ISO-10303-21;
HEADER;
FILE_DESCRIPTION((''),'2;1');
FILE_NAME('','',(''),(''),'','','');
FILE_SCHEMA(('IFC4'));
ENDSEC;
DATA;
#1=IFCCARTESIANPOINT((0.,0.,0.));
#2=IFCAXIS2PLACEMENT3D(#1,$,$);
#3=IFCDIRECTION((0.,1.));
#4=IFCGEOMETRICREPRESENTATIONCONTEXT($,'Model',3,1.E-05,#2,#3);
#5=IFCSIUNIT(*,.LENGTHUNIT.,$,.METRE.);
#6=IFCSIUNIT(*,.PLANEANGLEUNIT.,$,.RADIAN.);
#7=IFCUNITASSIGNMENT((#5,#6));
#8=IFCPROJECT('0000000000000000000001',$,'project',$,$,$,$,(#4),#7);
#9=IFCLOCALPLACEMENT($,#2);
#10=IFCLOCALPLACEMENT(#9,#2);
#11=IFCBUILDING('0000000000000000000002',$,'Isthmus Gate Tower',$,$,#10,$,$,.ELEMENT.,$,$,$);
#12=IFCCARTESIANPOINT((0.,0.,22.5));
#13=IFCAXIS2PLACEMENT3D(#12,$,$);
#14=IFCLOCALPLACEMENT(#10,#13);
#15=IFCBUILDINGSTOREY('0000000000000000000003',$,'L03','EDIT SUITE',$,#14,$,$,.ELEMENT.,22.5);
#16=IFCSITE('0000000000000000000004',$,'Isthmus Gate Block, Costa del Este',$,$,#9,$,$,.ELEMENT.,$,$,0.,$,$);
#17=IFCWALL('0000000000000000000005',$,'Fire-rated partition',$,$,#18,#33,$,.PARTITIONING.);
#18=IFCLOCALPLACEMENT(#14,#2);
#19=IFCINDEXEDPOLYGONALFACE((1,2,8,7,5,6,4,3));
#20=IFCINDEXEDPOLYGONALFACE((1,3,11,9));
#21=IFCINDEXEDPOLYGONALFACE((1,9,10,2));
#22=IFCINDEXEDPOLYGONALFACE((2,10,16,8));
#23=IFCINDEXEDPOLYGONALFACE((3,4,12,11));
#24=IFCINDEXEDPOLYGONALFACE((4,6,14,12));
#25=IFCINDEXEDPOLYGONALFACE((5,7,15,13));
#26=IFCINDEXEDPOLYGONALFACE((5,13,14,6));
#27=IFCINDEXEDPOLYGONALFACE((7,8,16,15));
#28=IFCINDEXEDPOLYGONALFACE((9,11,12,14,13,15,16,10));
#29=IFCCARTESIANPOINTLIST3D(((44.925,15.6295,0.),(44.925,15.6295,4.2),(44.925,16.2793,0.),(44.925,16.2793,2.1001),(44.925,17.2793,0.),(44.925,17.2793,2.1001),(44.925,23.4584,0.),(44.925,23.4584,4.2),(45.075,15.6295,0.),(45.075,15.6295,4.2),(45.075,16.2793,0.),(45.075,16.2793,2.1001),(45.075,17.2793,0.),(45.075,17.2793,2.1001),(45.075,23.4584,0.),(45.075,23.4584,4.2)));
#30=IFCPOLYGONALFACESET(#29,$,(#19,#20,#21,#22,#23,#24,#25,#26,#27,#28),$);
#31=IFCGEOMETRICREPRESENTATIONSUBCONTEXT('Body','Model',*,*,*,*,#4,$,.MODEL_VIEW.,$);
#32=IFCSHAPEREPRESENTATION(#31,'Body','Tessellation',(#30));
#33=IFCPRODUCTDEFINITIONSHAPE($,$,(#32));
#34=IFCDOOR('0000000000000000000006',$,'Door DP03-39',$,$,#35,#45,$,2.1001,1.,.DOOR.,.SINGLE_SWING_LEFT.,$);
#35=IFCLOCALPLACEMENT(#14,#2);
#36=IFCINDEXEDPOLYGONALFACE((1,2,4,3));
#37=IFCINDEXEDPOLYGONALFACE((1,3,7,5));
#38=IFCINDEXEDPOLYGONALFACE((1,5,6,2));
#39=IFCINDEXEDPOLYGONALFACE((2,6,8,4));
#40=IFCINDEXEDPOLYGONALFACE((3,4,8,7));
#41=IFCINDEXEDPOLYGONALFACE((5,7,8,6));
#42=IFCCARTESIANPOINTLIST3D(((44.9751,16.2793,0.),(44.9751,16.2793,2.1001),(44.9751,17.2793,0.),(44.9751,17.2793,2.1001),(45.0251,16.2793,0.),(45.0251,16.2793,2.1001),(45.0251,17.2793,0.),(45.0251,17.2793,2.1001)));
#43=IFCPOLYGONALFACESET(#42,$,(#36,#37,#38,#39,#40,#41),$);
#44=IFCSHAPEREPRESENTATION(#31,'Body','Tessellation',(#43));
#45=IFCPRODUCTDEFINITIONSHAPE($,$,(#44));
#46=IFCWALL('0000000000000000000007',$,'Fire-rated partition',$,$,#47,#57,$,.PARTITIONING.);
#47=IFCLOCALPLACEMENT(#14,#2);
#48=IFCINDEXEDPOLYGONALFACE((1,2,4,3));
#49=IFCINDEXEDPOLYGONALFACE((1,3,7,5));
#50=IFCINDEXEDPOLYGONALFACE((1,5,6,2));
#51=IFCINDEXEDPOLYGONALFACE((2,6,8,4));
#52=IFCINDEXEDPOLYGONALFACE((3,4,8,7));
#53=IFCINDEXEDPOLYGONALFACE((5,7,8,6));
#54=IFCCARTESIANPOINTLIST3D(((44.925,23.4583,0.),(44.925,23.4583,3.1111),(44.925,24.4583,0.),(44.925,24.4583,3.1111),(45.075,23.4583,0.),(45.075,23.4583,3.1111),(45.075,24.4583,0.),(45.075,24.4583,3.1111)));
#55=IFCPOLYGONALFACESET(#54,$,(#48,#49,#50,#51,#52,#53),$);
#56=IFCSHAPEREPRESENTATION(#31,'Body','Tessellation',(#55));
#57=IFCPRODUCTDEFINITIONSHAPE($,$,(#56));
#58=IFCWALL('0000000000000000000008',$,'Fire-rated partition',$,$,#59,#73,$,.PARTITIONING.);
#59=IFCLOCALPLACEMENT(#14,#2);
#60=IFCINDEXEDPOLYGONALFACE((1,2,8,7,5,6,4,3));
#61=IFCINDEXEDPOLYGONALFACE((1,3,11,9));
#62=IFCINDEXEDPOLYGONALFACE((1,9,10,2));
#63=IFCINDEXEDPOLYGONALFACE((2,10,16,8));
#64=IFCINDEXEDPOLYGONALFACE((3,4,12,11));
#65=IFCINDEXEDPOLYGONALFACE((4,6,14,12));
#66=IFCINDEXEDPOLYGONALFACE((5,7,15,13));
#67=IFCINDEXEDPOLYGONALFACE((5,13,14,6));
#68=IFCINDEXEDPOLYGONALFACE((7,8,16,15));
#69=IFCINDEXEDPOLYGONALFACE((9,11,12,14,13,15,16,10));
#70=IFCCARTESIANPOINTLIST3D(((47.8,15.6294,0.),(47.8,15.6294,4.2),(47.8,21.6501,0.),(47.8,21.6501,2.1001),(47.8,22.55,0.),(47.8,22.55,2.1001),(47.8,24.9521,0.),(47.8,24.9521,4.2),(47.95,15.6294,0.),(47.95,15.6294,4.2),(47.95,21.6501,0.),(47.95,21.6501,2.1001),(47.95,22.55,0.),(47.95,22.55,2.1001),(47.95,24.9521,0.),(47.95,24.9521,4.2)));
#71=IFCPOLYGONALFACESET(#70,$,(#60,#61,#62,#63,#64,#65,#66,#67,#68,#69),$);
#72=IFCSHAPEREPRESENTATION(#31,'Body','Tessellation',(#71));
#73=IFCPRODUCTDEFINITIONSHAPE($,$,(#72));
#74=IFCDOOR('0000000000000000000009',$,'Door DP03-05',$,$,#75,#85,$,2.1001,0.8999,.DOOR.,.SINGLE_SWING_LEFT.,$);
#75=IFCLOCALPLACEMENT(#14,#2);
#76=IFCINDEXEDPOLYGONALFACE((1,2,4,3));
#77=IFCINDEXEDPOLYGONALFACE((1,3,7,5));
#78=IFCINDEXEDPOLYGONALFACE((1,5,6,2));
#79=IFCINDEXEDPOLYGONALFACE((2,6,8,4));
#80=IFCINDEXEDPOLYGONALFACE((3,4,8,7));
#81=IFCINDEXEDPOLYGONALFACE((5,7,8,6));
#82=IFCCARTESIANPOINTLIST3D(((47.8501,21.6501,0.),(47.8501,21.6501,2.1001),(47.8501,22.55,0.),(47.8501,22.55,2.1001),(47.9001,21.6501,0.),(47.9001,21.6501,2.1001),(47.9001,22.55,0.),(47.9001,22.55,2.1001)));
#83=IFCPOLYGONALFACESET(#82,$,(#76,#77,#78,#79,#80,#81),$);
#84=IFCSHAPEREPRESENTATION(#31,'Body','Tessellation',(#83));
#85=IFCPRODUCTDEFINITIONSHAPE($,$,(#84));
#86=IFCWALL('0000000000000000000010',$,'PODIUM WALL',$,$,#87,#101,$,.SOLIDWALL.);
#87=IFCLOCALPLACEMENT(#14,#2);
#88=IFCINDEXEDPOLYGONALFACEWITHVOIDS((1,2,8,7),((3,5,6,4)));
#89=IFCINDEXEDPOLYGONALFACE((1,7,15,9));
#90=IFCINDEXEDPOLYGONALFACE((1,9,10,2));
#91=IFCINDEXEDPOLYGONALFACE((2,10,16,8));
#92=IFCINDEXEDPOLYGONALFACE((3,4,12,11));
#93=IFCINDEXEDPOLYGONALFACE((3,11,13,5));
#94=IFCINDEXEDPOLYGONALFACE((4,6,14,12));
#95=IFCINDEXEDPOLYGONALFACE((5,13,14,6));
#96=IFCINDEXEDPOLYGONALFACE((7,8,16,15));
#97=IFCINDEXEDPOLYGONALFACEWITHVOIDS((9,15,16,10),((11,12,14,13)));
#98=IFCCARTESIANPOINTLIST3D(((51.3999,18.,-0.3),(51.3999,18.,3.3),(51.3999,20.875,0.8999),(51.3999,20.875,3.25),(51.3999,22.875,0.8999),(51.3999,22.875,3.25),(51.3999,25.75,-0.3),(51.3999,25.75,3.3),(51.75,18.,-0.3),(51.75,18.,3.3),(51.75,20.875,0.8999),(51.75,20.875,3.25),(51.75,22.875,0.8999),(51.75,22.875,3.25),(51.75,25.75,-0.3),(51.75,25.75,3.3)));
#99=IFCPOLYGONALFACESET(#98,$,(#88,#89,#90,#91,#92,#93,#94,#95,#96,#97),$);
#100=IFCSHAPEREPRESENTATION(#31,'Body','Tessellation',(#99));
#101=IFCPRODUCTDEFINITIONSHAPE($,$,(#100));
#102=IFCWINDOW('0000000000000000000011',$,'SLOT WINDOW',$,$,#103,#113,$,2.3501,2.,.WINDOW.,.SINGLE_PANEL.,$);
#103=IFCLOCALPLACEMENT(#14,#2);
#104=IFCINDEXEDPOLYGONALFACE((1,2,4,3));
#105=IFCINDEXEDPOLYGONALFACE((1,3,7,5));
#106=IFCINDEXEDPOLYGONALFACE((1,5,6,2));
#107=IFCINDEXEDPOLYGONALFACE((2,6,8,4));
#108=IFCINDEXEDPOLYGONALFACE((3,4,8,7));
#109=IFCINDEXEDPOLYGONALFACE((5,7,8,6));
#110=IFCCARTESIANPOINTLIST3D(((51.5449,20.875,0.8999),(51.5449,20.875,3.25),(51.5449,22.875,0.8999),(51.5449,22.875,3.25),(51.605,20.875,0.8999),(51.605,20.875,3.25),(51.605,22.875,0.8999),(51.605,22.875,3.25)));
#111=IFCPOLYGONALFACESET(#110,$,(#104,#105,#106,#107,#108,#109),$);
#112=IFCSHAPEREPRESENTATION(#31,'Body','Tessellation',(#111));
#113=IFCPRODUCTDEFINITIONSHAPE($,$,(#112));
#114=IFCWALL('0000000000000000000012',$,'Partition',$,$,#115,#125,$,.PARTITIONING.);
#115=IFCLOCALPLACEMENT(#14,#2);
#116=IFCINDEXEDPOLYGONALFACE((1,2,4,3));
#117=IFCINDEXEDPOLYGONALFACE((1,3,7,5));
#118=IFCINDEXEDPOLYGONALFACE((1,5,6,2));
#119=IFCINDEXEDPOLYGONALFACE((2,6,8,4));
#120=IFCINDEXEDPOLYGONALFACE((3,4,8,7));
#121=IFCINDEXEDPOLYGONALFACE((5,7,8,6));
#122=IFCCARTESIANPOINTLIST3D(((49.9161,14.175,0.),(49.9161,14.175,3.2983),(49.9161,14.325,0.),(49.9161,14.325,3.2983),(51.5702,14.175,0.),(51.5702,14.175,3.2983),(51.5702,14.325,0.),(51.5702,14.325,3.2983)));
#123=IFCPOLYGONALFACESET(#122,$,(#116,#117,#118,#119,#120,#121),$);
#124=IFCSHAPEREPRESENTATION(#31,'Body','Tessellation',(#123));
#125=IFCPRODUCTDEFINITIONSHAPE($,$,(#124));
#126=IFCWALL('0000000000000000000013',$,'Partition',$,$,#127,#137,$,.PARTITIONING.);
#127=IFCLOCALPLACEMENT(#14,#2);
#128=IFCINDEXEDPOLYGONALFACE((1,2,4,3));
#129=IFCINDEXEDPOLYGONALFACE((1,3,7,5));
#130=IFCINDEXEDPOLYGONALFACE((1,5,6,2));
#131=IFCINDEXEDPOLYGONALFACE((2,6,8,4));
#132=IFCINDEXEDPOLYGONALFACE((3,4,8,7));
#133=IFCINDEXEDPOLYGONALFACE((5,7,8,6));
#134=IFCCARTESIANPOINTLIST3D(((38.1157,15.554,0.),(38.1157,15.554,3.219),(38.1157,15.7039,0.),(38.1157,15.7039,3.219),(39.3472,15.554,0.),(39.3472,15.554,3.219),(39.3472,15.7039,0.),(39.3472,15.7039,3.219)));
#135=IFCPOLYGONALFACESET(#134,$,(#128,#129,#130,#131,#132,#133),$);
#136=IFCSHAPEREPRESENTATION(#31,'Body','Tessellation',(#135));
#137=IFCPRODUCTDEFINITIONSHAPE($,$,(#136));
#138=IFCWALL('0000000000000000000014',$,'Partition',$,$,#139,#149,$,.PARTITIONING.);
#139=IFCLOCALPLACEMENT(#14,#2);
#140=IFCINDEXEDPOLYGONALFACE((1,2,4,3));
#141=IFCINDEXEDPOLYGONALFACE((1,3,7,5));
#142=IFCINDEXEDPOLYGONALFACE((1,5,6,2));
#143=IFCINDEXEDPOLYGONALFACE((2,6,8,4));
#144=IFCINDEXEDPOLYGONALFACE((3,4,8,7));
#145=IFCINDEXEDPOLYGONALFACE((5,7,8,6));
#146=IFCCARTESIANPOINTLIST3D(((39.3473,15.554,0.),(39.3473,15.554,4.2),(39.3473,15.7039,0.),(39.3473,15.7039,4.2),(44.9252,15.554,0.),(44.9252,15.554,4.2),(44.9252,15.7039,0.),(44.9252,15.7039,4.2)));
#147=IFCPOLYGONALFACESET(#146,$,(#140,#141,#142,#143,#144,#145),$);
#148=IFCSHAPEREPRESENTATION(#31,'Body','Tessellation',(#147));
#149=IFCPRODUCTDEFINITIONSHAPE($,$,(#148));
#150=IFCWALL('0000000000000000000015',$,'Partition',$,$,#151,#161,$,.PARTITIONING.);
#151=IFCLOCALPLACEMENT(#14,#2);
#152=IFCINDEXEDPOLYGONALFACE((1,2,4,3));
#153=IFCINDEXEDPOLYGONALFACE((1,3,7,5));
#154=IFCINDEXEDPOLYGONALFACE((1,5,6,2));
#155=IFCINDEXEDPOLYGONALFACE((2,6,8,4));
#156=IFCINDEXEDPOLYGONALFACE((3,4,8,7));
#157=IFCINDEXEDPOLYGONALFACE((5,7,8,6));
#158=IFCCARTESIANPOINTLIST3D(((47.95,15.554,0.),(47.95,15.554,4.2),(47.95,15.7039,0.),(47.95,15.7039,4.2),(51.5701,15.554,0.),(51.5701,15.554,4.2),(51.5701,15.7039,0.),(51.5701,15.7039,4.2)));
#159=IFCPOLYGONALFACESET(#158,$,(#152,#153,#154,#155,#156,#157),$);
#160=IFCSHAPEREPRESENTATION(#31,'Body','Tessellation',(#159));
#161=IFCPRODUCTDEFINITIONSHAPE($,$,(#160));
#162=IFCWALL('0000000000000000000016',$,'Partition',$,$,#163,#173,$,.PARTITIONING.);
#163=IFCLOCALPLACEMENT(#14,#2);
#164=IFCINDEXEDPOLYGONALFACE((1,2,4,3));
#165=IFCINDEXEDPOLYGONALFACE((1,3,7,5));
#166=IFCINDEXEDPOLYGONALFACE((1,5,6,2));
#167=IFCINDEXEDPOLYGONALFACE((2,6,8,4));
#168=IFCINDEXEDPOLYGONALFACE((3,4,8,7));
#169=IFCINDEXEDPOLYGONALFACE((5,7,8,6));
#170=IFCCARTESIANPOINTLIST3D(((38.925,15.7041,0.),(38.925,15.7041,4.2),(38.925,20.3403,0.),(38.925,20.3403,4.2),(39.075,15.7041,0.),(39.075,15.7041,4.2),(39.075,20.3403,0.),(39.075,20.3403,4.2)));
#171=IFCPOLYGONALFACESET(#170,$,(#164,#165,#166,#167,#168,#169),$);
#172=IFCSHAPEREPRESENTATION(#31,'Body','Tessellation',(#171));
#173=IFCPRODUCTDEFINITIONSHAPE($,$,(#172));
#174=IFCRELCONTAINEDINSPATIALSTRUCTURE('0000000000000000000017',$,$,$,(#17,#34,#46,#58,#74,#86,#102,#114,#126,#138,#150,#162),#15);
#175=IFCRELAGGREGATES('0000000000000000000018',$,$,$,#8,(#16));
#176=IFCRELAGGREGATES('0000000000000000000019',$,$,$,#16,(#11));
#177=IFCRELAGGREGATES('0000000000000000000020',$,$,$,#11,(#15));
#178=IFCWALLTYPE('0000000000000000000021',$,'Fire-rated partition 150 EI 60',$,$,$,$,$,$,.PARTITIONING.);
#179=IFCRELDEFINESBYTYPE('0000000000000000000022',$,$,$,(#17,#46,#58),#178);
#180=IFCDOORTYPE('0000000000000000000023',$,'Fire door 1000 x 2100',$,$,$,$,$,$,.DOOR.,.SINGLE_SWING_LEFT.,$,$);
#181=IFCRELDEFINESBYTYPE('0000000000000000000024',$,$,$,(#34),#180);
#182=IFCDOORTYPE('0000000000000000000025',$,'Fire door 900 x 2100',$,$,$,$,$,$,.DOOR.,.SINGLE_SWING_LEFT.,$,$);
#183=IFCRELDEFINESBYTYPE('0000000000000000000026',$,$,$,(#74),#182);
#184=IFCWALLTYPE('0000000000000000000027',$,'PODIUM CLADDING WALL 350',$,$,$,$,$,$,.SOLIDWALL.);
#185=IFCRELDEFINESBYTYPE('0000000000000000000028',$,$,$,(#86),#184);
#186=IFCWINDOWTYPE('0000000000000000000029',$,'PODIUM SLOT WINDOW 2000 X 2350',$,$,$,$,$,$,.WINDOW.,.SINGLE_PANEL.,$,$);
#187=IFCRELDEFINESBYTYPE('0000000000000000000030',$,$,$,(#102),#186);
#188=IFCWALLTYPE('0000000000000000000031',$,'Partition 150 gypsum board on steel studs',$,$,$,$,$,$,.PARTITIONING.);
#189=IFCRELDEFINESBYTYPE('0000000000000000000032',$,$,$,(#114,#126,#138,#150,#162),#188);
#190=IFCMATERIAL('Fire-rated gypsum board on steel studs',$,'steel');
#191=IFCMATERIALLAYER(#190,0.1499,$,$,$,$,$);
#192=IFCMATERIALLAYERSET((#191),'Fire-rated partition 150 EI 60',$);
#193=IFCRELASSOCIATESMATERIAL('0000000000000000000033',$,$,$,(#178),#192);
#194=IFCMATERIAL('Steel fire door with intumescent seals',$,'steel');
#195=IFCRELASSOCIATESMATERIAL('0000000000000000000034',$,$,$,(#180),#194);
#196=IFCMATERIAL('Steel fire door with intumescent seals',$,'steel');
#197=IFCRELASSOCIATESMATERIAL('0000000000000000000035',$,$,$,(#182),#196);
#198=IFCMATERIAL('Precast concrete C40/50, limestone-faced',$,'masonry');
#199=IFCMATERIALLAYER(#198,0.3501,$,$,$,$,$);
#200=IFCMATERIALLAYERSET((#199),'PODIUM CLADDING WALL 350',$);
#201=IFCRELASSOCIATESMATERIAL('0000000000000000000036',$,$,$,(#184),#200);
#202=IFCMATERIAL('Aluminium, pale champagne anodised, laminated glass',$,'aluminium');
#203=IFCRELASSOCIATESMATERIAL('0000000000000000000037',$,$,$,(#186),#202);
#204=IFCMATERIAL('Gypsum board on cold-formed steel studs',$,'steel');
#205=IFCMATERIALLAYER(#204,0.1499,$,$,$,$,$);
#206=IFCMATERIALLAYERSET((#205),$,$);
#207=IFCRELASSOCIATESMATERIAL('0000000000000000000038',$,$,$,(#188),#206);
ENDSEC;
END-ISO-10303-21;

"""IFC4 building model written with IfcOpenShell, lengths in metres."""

from ifc_helpers import new_model, si_unit, direction, frame, frame_2d, origin, place, context, subcontext, project, spatial, rectangle, extrude, material, layer, layer_set, type_object, element, fill, save


model = new_model("IFC4")

# Units and contexts
model_context = context("Model", 3, precision=1e-05, world=origin(), true_north=direction((0.0, 1.0)))
body_context = subcontext(model_context, "Body", "Model", "MODEL_VIEW")
ifc_project = project(units=[si_unit("LENGTHUNIT", "METRE"), si_unit("PLANEANGLEUNIT", "RADIAN")], contexts=[model_context])

# Site, building, storey
site_placement = place(None, origin())
site = spatial("IfcSite", under=ifc_project, at=site_placement, Name="Isthmus Gate Block, Costa del Este", CompositionType="ELEMENT", RefElevation=0.0)
building_placement = place(site_placement, origin())
building = spatial("IfcBuilding", under=site, at=building_placement, Name="Isthmus Gate Tower", CompositionType="ELEMENT")
storey_placement = place(building_placement, frame((0.0, 0.0, 22.5)))
storey = spatial("IfcBuildingStorey", under=building, at=storey_placement, Name="L03", Description="EDIT SUITE", CompositionType="ELEMENT", Elevation=22.5)

# Wall, opening, door
ifc_material_1 = material(Name="Fire-rated gypsum board on steel studs", Category="steel")
ifc_layer_1 = layer(ifc_material_1, 0.1499)
ifc_layer_set_1 = layer_set([ifc_layer_1], Name="Fire-rated partition 150 EI 60")
wall_type_1 = type_object("IfcWallType", Name="Fire-rated partition 150 EI 60", PredefinedType="PARTITIONING", material=ifc_layer_set_1)
wall_1_placement = place(storey_placement, frame((45.0, 15.6294, 0.0), z_axis=(0.0, 0.0, 1.0), x_axis=(0.0, 1.0, 0.0)))
wall_1 = element("IfcWall", 1, at=wall_1_placement, inside=storey, type_object=wall_type_1, Name="Fire-rated partition", PredefinedType="PARTITIONING", context=body_context, shape_type="SweptSolid", body=[
    extrude(rectangle(XDim=7.8289, YDim=0.1499, at=frame_2d((3.9146, 0.0))), origin(), (0.0, 0.0, 1.0), 4.2),
])
opening_1_placement = place(wall_1_placement, frame((0.6499, 0.0, 0.0)))
opening_1 = element("IfcOpeningElement", 2, at=opening_1_placement, cuts=wall_1, PredefinedType="OPENING", context=body_context, shape_type="SweptSolid", body=[
    extrude(rectangle(XDim=1.0, YDim=2.1001, at=frame_2d((0.5, 1.05))), frame((0.0, 0.085, 0.0), z_axis=(0.0, -1.0, 0.0), x_axis=(1.0, 0.0, 0.0)), (0.0, 0.0, 1.0), 0.1699),
])
ifc_material_2 = material(Name="Steel fire door with intumescent seals", Category="steel")
door_type_1 = type_object("IfcDoorType", Name="Fire door 1000 x 2100", OperationType="SINGLE_SWING_LEFT", PredefinedType="DOOR", material=ifc_material_2)
door_1_placement = place(opening_1_placement, origin())
door_1 = element("IfcDoor", 3, at=door_1_placement, inside=storey, type_object=door_type_1, Name="Door DP03-39", OperationType="SINGLE_SWING_LEFT", OverallHeight=2.1001, OverallWidth=1.0, PredefinedType="DOOR", context=body_context, shape_type="SweptSolid", body=[
    extrude(rectangle(XDim=1.0, YDim=2.1001, at=frame_2d((0.5, 1.05))), frame((0.0, 0.0249, 0.0), z_axis=(0.0, -1.0, 0.0), x_axis=(1.0, 0.0, 0.0)), (0.0, 0.0, 1.0), 0.05),
])
fill(opening_1, door_1)

# Wall
wall_2_placement = place(storey_placement, frame((45.0, 23.4583, 0.0), z_axis=(0.0, 0.0, 1.0), x_axis=(0.0, 1.0, 0.0)))
element("IfcWall", 4, at=wall_2_placement, inside=storey, type_object=wall_type_1, Name="Fire-rated partition", PredefinedType="PARTITIONING", context=body_context, shape_type="SweptSolid", body=[
    extrude(rectangle(XDim=1.0, YDim=0.1499, at=frame_2d((0.5, 0.0))), origin(), (0.0, 0.0, 1.0), 3.1111),
])

# Wall, opening, door
wall_3_placement = place(storey_placement, frame((47.875, 15.6294, 0.0), z_axis=(0.0, 0.0, 1.0), x_axis=(0.0, 1.0, 0.0)))
wall_3 = element("IfcWall", 5, at=wall_3_placement, inside=storey, type_object=wall_type_1, Name="Fire-rated partition", PredefinedType="PARTITIONING", context=body_context, shape_type="SweptSolid", body=[
    extrude(rectangle(XDim=9.3228, YDim=0.1499, at=frame_2d((4.6614, 0.0))), origin(), (0.0, 0.0, 1.0), 4.2),
])
opening_2_placement = place(wall_3_placement, frame((6.0208, 0.0, 0.0)))
opening_2 = element("IfcOpeningElement", 6, at=opening_2_placement, cuts=wall_3, PredefinedType="OPENING", context=body_context, shape_type="SweptSolid", body=[
    extrude(rectangle(XDim=0.8999, YDim=2.1001, at=frame_2d((0.45, 1.05))), frame((0.0, 0.085, 0.0), z_axis=(0.0, -1.0, 0.0), x_axis=(1.0, 0.0, 0.0)), (0.0, 0.0, 1.0), 0.1699),
])
ifc_material_3 = material(Name="Steel fire door with intumescent seals", Category="steel")
door_type_2 = type_object("IfcDoorType", Name="Fire door 900 x 2100", OperationType="SINGLE_SWING_LEFT", PredefinedType="DOOR", material=ifc_material_3)
door_2_placement = place(opening_2_placement, origin())
door_2 = element("IfcDoor", 7, at=door_2_placement, inside=storey, type_object=door_type_2, Name="Door DP03-05", OperationType="SINGLE_SWING_LEFT", OverallHeight=2.1001, OverallWidth=0.8999, PredefinedType="DOOR", context=body_context, shape_type="SweptSolid", body=[
    extrude(rectangle(XDim=0.8999, YDim=2.1001, at=frame_2d((0.45, 1.05))), frame((0.0, 0.0249, 0.0), z_axis=(0.0, -1.0, 0.0), x_axis=(1.0, 0.0, 0.0)), (0.0, 0.0, 1.0), 0.05),
])
fill(opening_2, door_2)

# Wall, opening, window
ifc_material_4 = material(Name="Precast concrete C40/50, limestone-faced", Category="masonry")
ifc_layer_2 = layer(ifc_material_4, 0.3501)
ifc_layer_set_2 = layer_set([ifc_layer_2], Name="PODIUM CLADDING WALL 350")
wall_type_2 = type_object("IfcWallType", Name="PODIUM CLADDING WALL 350", PredefinedType="SOLIDWALL", material=ifc_layer_set_2)
wall_4_placement = place(storey_placement, frame((51.575, 18.0, -0.3), z_axis=(0.0, 0.0, 1.0), x_axis=(0.0, 1.0, 0.0)))
wall_4 = element("IfcWall", 8, at=wall_4_placement, inside=storey, type_object=wall_type_2, Name="PODIUM WALL", PredefinedType="SOLIDWALL", context=body_context, shape_type="SweptSolid", body=[
    extrude(rectangle(XDim=7.75, YDim=0.3501, at=frame_2d((3.875, 0.0))), origin(), (0.0, 0.0, 1.0), 3.6001),
])
opening_3_placement = place(wall_4_placement, frame((2.875, 0.0, 1.2)))
opening_3 = element("IfcOpeningElement", 9, at=opening_3_placement, cuts=wall_4, PredefinedType="OPENING", context=body_context, shape_type="SweptSolid", body=[
    extrude(rectangle(XDim=2.0, YDim=2.3501, at=frame_2d((1.0, 1.175))), frame((0.0, 0.1851, 0.0), z_axis=(0.0, -1.0, 0.0), x_axis=(1.0, 0.0, 0.0)), (0.0, 0.0, 1.0), 0.3701),
])
ifc_material_5 = material(Name="Aluminium, pale champagne anodised, laminated glass", Category="aluminium")
window_type = type_object("IfcWindowType", Name="PODIUM SLOT WINDOW 2000 X 2350", PartitioningType="SINGLE_PANEL", PredefinedType="WINDOW", material=ifc_material_5)
window_placement = place(opening_3_placement, origin())
window = element("IfcWindow", 10, at=window_placement, inside=storey, type_object=window_type, Name="SLOT WINDOW", OverallHeight=2.3501, OverallWidth=2.0, PartitioningType="SINGLE_PANEL", PredefinedType="WINDOW", context=body_context, shape_type="SweptSolid", body=[
    extrude(rectangle(XDim=2.0, YDim=2.3501, at=frame_2d((1.0, 1.175))), frame((0.0, 0.03, 0.0), z_axis=(0.0, -1.0, 0.0), x_axis=(1.0, 0.0, 0.0)), (0.0, 0.0, 1.0), 0.0601),
])
fill(opening_3, window)

# Walls
ifc_material_6 = material(Name="Gypsum board on cold-formed steel studs", Category="steel")
ifc_layer_3 = layer(ifc_material_6, 0.1499)
ifc_layer_set_3 = layer_set([ifc_layer_3])
wall_type_3 = type_object("IfcWallType", Name="Partition 150 gypsum board on steel studs", PredefinedType="PARTITIONING", material=ifc_layer_set_3)
wall_5_placement = place(storey_placement, frame((49.916, 14.25, 0.0), z_axis=(0.0, 0.0, 1.0), x_axis=(1.0, 0.0, 0.0)))
element("IfcWall", 11, at=wall_5_placement, inside=storey, type_object=wall_type_3, Name="Partition", PredefinedType="PARTITIONING", context=body_context, shape_type="SweptSolid", body=[
    extrude(rectangle(XDim=1.6541, YDim=0.1499, at=frame_2d((0.8271, 0.0))), origin(), (0.0, 0.0, 1.0), 3.2983),
])
wall_6_placement = place(storey_placement, frame((38.1157, 15.6289, 0.0), z_axis=(0.0, 0.0, 1.0), x_axis=(1.0, 0.0, 0.0)))
element("IfcWall", 12, at=wall_6_placement, inside=storey, type_object=wall_type_3, Name="Partition", PredefinedType="PARTITIONING", context=body_context, shape_type="SweptSolid", body=[
    extrude(rectangle(XDim=1.2314, YDim=0.1499, at=frame_2d((0.6157, 0.0))), origin(), (0.0, 0.0, 1.0), 3.219),
])
wall_7_placement = place(storey_placement, frame((39.3472, 15.6289, 0.0), z_axis=(0.0, 0.0, 1.0), x_axis=(1.0, 0.0, 0.0)))
element("IfcWall", 13, at=wall_7_placement, inside=storey, type_object=wall_type_3, Name="Partition", PredefinedType="PARTITIONING", context=body_context, shape_type="SweptSolid", body=[
    extrude(rectangle(XDim=5.5779, YDim=0.1499, at=frame_2d((2.7891, 0.0))), origin(), (0.0, 0.0, 1.0), 4.2),
])
wall_8_placement = place(storey_placement, frame((47.95, 15.6289, 0.0), z_axis=(0.0, 0.0, 1.0), x_axis=(1.0, 0.0, 0.0)))
element("IfcWall", 14, at=wall_8_placement, inside=storey, type_object=wall_type_3, Name="Partition", PredefinedType="PARTITIONING", context=body_context, shape_type="SweptSolid", body=[
    extrude(rectangle(XDim=3.6201, YDim=0.1499, at=frame_2d((1.8101, 0.0))), origin(), (0.0, 0.0, 1.0), 4.2),
])
wall_9_placement = place(storey_placement, frame((39.0, 15.7041, 0.0), z_axis=(0.0, 0.0, 1.0), x_axis=(0.0, 1.0, 0.0)))
element("IfcWall", 15, at=wall_9_placement, inside=storey, type_object=wall_type_3, Name="Partition", PredefinedType="PARTITIONING", context=body_context, shape_type="SweptSolid", body=[
    extrude(rectangle(XDim=4.6362, YDim=0.1499, at=frame_2d((2.3181, 0.0))), origin(), (0.0, 0.0, 1.0), 4.2),
])

save(model, "model.ifc")
